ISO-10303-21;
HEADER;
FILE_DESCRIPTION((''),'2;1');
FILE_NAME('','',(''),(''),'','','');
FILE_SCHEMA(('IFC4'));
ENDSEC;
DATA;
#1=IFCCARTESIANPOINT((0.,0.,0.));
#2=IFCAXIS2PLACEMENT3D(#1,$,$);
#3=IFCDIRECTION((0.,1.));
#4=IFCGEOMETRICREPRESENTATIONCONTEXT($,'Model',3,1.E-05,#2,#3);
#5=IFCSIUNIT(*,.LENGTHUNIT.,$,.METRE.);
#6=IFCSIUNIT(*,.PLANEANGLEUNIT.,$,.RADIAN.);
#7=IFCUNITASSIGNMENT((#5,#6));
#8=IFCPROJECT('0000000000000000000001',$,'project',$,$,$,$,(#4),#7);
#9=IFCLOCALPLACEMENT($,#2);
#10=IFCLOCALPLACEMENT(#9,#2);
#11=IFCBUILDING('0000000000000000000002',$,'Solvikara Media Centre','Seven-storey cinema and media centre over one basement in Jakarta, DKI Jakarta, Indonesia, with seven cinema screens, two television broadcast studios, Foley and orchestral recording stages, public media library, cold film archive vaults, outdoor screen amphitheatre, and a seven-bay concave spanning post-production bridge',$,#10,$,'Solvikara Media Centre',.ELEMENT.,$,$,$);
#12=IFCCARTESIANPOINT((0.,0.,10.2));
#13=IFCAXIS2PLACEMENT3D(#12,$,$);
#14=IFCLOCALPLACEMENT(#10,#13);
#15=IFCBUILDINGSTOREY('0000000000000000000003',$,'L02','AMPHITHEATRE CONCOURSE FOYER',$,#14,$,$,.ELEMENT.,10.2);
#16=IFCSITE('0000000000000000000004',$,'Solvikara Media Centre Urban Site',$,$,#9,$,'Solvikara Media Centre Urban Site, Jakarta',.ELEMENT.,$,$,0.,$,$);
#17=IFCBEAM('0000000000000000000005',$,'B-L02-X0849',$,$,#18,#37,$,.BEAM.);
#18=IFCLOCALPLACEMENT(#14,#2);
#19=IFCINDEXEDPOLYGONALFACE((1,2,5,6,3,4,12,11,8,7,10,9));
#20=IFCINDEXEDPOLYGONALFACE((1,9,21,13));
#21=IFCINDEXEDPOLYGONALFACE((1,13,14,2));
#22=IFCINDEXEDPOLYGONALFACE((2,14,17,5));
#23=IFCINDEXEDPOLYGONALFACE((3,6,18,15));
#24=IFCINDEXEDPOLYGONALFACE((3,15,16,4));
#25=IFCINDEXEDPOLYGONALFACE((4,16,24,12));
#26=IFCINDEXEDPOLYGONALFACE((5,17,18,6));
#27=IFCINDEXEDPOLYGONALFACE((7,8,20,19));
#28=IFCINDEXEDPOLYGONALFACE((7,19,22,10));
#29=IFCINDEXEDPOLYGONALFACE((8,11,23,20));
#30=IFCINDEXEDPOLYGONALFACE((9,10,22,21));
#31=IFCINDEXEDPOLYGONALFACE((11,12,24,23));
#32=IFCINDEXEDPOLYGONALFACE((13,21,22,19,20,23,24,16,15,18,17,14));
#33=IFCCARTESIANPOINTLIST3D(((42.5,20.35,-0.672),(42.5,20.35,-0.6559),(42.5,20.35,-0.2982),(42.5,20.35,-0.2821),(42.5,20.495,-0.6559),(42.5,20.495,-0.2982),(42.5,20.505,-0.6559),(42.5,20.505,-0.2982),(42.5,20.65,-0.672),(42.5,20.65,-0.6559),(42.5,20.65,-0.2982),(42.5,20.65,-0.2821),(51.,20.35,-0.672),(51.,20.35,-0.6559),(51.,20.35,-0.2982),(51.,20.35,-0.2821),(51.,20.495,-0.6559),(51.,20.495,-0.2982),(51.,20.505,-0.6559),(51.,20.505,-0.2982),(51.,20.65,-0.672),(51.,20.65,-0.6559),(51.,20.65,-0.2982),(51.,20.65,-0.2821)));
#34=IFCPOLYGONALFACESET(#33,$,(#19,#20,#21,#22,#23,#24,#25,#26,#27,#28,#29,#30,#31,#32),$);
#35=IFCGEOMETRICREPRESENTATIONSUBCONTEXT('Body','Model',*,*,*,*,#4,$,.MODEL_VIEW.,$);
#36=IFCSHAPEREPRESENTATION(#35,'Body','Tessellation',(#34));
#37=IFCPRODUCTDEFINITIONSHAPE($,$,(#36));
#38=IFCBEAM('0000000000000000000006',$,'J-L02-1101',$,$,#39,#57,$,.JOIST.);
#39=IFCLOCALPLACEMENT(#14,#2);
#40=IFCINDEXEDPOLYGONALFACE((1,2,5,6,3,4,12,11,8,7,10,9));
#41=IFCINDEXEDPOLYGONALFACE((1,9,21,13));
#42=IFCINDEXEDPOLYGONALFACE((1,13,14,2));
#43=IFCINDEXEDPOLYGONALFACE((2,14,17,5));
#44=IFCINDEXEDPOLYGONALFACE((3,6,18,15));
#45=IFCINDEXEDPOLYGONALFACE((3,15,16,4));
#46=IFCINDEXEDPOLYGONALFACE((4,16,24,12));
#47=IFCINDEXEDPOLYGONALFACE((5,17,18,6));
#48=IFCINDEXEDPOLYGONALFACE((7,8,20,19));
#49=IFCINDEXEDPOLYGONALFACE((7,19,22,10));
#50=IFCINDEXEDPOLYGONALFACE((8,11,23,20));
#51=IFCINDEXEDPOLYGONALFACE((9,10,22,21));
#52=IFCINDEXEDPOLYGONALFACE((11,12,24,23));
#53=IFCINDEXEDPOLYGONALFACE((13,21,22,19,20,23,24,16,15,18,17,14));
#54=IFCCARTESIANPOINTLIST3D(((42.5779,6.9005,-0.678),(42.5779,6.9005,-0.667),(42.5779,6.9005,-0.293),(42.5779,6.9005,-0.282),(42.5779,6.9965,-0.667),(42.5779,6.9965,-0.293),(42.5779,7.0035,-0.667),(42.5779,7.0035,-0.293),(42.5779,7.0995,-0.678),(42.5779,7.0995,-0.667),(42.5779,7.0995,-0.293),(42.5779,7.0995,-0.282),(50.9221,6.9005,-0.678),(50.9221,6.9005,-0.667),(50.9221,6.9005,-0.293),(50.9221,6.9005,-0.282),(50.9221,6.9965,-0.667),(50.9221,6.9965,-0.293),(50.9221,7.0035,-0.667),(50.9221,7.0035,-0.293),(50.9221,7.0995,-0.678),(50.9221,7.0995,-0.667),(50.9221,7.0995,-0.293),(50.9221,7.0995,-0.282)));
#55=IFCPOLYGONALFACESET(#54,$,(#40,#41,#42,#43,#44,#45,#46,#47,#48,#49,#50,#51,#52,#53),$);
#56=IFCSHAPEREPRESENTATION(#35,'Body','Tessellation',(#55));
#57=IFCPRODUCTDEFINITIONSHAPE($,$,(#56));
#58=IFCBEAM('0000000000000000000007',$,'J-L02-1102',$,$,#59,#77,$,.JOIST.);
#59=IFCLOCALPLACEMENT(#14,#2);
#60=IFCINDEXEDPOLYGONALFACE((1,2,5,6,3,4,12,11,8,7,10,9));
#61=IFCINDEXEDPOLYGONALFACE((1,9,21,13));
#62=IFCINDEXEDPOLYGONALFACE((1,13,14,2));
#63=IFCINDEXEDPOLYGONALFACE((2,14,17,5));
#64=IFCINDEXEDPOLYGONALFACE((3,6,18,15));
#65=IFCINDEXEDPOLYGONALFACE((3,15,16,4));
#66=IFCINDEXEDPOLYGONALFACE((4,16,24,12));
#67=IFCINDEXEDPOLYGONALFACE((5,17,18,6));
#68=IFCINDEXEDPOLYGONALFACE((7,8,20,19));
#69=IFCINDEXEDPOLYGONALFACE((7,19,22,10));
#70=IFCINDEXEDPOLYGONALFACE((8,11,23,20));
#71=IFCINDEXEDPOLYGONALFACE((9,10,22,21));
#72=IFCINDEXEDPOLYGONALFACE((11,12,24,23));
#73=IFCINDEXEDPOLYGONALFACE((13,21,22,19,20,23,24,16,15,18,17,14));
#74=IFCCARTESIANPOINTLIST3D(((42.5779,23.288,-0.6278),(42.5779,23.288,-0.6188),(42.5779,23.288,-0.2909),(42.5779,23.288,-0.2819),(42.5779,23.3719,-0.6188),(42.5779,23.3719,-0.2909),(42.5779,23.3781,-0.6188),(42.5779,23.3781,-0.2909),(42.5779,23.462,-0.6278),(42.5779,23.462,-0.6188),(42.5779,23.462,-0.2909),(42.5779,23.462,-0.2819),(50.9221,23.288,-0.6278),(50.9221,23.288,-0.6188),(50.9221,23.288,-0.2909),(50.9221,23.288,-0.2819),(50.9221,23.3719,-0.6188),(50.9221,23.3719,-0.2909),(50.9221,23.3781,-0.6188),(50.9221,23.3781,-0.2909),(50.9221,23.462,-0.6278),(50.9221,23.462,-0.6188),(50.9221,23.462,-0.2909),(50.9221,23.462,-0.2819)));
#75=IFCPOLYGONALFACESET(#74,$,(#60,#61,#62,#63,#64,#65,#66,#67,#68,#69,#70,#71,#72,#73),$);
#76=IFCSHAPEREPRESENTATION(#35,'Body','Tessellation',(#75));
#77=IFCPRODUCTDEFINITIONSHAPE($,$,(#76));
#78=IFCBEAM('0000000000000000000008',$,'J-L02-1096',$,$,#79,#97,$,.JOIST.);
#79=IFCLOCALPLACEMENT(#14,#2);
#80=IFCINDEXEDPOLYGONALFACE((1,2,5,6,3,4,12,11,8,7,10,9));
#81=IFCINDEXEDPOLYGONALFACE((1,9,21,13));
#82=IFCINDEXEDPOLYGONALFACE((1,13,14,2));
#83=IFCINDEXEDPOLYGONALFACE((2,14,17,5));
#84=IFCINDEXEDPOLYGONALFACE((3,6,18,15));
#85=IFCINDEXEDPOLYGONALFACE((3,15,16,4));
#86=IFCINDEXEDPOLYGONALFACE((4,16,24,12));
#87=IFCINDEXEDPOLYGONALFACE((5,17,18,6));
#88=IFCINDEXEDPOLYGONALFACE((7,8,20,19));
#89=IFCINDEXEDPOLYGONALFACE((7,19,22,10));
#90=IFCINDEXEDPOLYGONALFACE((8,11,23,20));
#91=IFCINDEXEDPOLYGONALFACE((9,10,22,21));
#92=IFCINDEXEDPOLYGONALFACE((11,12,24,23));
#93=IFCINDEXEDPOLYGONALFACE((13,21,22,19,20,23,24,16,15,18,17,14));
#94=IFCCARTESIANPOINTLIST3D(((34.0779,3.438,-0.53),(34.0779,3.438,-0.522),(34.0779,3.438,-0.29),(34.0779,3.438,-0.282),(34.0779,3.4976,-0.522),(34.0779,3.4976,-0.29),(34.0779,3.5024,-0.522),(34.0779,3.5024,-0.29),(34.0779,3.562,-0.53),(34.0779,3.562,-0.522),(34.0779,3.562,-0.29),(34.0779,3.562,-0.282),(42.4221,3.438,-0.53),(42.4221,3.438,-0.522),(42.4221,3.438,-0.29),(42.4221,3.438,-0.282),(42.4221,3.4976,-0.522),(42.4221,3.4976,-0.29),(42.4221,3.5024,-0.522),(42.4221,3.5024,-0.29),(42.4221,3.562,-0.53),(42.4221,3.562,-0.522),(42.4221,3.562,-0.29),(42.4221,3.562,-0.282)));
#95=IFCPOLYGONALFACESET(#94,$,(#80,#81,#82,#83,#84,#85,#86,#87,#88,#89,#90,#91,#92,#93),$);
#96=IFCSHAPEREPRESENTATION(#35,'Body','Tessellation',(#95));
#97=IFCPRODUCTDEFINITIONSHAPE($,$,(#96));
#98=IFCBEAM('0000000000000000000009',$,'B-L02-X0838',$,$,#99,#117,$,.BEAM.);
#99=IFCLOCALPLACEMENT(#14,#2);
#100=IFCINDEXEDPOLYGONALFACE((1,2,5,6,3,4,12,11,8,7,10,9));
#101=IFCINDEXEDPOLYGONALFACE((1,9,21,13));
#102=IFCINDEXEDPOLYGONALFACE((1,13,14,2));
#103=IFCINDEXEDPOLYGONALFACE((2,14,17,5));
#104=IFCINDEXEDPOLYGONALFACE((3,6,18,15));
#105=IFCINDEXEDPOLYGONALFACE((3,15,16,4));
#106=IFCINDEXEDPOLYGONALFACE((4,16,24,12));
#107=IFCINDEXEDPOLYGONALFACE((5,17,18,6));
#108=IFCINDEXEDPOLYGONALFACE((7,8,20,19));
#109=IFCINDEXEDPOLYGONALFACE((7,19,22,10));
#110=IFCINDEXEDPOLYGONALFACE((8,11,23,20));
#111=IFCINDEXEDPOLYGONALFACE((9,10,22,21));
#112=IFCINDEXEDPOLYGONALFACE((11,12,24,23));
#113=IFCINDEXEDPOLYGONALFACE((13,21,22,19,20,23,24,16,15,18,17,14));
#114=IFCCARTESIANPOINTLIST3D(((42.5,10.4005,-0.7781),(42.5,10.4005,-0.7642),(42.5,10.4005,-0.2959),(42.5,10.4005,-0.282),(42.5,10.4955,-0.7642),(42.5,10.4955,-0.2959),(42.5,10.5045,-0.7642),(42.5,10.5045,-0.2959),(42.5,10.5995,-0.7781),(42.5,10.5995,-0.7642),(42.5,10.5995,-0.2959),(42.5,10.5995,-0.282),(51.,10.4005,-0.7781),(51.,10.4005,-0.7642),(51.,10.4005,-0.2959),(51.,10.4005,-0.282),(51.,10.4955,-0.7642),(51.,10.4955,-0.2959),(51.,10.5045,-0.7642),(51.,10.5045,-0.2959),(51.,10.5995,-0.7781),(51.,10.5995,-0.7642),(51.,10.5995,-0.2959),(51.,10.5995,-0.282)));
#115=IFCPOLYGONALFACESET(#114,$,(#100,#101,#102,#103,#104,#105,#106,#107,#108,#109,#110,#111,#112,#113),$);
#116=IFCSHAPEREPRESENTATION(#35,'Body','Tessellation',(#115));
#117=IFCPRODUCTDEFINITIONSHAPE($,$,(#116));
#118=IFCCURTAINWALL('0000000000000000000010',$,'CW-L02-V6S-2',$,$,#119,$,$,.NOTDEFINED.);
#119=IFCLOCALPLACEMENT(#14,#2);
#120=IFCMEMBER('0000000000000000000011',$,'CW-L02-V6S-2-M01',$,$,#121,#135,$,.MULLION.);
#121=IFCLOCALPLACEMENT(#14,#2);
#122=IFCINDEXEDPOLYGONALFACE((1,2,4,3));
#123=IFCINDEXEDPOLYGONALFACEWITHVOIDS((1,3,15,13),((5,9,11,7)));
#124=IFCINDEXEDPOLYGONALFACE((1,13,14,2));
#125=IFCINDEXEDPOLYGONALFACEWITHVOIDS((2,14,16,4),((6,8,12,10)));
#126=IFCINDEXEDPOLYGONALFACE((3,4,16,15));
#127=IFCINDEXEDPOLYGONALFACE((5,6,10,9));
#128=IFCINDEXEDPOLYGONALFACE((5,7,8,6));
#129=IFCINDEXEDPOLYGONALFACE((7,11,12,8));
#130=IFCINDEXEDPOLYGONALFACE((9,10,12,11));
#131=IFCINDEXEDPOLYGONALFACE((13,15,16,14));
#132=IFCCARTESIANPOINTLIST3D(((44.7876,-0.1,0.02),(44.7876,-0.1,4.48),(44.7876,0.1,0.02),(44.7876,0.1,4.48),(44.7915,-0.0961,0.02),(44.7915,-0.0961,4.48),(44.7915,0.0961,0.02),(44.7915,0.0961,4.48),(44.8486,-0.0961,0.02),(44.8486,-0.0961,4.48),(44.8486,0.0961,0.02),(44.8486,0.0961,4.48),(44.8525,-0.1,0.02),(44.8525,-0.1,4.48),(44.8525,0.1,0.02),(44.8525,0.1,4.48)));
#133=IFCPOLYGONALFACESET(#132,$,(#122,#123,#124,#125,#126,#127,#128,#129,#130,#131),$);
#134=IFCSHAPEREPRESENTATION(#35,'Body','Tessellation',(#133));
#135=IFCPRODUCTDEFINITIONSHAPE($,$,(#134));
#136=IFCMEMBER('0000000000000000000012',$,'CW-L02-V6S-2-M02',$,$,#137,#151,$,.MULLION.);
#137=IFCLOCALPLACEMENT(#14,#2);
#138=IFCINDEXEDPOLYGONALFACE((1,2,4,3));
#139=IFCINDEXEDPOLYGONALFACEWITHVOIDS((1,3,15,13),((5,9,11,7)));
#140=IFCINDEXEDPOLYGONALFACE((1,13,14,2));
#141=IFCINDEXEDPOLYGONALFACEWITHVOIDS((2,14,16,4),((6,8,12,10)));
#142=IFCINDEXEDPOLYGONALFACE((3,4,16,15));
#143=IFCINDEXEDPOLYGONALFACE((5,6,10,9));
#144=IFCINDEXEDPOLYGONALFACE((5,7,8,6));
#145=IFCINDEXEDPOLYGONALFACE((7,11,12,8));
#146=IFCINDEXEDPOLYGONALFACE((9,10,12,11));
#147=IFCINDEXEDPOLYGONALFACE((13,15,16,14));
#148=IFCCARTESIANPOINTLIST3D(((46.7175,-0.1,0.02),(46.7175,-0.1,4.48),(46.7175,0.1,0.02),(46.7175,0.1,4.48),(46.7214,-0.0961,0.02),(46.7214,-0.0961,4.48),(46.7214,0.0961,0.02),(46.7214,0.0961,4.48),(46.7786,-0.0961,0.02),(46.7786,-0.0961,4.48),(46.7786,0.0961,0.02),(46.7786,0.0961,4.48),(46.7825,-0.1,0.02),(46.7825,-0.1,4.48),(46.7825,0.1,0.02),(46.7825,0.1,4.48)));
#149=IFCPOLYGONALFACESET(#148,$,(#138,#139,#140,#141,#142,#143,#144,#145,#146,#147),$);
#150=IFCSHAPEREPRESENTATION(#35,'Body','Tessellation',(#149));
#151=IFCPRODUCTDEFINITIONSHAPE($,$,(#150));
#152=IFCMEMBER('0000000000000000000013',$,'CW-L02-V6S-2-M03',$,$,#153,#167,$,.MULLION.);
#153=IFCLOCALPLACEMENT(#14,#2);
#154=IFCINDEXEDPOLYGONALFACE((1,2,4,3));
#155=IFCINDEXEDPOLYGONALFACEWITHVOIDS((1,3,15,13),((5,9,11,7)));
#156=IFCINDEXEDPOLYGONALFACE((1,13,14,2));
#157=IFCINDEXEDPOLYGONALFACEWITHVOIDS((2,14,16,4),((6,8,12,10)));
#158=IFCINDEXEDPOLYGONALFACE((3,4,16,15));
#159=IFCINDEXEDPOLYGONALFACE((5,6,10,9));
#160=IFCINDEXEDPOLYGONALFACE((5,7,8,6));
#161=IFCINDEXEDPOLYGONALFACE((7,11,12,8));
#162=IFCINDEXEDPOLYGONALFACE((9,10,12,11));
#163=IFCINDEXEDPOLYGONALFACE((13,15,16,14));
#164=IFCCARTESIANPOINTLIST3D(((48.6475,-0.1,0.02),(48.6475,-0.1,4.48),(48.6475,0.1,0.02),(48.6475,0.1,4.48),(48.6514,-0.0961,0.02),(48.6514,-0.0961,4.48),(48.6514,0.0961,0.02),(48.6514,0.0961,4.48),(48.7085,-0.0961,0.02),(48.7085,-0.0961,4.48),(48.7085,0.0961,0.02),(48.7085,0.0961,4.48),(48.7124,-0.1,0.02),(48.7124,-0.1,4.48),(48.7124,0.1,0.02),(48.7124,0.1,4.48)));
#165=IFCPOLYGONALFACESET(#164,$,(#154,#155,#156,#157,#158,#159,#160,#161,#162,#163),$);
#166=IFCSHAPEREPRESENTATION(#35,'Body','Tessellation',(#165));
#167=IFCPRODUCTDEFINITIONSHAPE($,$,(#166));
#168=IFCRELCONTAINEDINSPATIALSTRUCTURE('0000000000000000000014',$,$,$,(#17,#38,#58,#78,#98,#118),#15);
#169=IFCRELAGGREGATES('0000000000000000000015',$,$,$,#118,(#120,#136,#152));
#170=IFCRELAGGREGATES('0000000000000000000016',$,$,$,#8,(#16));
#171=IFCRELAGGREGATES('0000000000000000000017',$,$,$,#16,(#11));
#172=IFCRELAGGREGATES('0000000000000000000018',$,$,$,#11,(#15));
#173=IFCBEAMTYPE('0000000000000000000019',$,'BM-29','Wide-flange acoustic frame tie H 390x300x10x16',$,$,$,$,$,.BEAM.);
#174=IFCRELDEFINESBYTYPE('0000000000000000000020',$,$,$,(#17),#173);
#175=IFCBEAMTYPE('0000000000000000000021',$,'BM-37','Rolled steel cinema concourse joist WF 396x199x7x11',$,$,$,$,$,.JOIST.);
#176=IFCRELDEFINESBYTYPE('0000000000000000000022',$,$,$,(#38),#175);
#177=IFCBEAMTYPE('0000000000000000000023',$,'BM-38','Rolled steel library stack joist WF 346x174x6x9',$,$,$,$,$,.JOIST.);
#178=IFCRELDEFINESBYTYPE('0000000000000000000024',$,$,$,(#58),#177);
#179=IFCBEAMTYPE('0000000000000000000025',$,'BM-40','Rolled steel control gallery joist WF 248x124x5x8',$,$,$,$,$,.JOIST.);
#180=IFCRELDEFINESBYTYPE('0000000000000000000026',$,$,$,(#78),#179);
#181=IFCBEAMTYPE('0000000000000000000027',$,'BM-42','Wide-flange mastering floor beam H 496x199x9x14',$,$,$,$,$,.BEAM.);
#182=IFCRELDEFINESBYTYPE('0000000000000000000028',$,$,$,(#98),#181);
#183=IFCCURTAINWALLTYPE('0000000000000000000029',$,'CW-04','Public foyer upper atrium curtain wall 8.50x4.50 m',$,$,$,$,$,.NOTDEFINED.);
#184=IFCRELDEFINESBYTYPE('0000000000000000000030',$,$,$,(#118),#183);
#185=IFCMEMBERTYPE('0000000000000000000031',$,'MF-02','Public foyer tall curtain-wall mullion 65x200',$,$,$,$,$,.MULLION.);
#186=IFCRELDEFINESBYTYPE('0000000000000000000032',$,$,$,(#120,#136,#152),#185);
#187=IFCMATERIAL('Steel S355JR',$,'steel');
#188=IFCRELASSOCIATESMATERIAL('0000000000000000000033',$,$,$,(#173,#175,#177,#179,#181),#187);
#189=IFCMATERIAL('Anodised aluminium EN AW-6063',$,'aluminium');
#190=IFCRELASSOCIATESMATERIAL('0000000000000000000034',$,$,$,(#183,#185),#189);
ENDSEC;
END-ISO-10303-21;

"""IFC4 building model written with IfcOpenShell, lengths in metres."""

from ifc_helpers import new_model, si_unit, direction, frame, origin, origin_2d, place, context, subcontext, project, spatial, hollow_rectangle, i_section, extrude, material, material_profile, profile_set, type_object, element, aggregate, save


model = new_model("IFC4")

# Units and contexts
model_context = context("Model", 3, precision=1e-05, world=origin(), true_north=direction((0.0, 1.0)))
body_context = subcontext(model_context, "Body", "Model", "MODEL_VIEW")
ifc_project = project(units=[si_unit("LENGTHUNIT", "METRE"), si_unit("PLANEANGLEUNIT", "RADIAN")], contexts=[model_context])

# Site, building, storey
site_placement = place(None, origin())
site = spatial("IfcSite", under=ifc_project, at=site_placement, Name="Solvikara Media Centre Urban Site", LongName="Solvikara Media Centre Urban Site, Jakarta", CompositionType="ELEMENT", RefElevation=0.0)
building_placement = place(site_placement, origin())
building = spatial("IfcBuilding", under=site, at=building_placement, Name="Solvikara Media Centre", Description="Seven-storey cinema and media centre over one basement in Jakarta, DKI Jakarta, Indonesia, with seven cinema screens, two television broadcast studios, Foley and orchestral recording stages, public media library, cold film archive vaults, outdoor screen amphitheatre, and a seven-bay concave spanning post-production bridge", LongName="Solvikara Media Centre", CompositionType="ELEMENT")
storey_placement = place(building_placement, frame((0.0, 0.0, 10.2)))
storey = spatial("IfcBuildingStorey", under=building, at=storey_placement, Name="L02", Description="AMPHITHEATRE CONCOURSE FOYER", CompositionType="ELEMENT", Elevation=10.2)

# Beams
ifc_material_1 = material(Name="Steel S355JR", Category="steel")
ifc_material_profile_1 = material_profile(ifc_material_1, i_section(OverallWidth=0.3, OverallDepth=0.3899, WebThickness=0.01, FlangeThickness=0.0161, at=origin_2d()), Name="H 390x300x10x16")
ifc_profile_set_1 = profile_set([ifc_material_profile_1], Name="Steel S355JR")
beam_type_1 = type_object("IfcBeamType", Name="BM-29", Description="Wide-flange acoustic frame tie H 390x300x10x16", PredefinedType="BEAM", material=ifc_profile_set_1)
beam_1_placement = place(storey_placement, frame((42.5, 20.5, -0.4771), z_axis=(1.0, 0.0, 0.0), x_axis=(0.0, 1.0, 0.0)))
element("IfcBeam", 1, at=beam_1_placement, inside=storey, type_object=beam_type_1, Name="B-L02-X0849", PredefinedType="BEAM", context=body_context, shape_type="SweptSolid", body=[
    extrude(i_section(OverallWidth=0.3, OverallDepth=0.3899, WebThickness=0.01, FlangeThickness=0.0161, at=origin_2d()), origin(), (0.0, 0.0, 1.0), 8.5),
])
ifc_material_profile_2 = material_profile(ifc_material_1, i_section(OverallWidth=0.199, OverallDepth=0.396, WebThickness=0.0071, FlangeThickness=0.011, at=origin_2d()), Name="WF 396x199x7x11")
ifc_profile_set_2 = profile_set([ifc_material_profile_2], Name="Steel S355JR")
beam_type_2 = type_object("IfcBeamType", Name="BM-37", Description="Rolled steel cinema concourse joist WF 396x199x7x11", PredefinedType="JOIST", material=ifc_profile_set_2)
beam_2_placement = place(storey_placement, frame((42.5779, 7.0, -0.48), z_axis=(1.0, 0.0, 0.0), x_axis=(0.0, 1.0, 0.0)))
element("IfcBeam", 2, at=beam_2_placement, inside=storey, type_object=beam_type_2, Name="J-L02-1101", PredefinedType="JOIST", context=body_context, shape_type="SweptSolid", body=[
    extrude(i_section(OverallWidth=0.199, OverallDepth=0.396, WebThickness=0.0071, FlangeThickness=0.011, at=origin_2d()), origin(), (0.0, 0.0, 1.0), 8.3442),
])
ifc_material_profile_3 = material_profile(ifc_material_1, i_section(OverallWidth=0.1741, OverallDepth=0.3459, WebThickness=0.0061, FlangeThickness=0.009, at=origin_2d()), Name="WF 346x174x6x9")
ifc_profile_set_3 = profile_set([ifc_material_profile_3], Name="Steel S355JR")
beam_type_3 = type_object("IfcBeamType", Name="BM-38", Description="Rolled steel library stack joist WF 346x174x6x9", PredefinedType="JOIST", material=ifc_profile_set_3)
beam_3_placement = place(storey_placement, frame((42.5779, 23.375, -0.4548), z_axis=(1.0, 0.0, 0.0), x_axis=(0.0, 1.0, 0.0)))
element("IfcBeam", 3, at=beam_3_placement, inside=storey, type_object=beam_type_3, Name="J-L02-1102", PredefinedType="JOIST", context=body_context, shape_type="SweptSolid", body=[
    extrude(i_section(OverallWidth=0.1741, OverallDepth=0.3459, WebThickness=0.0061, FlangeThickness=0.009, at=origin_2d()), origin(), (0.0, 0.0, 1.0), 8.3442),
])
ifc_material_profile_4 = material_profile(ifc_material_1, i_section(OverallWidth=0.124, OverallDepth=0.248, WebThickness=0.0049, FlangeThickness=0.0081, at=origin_2d()), Name="WF 248x124x5x8")
ifc_profile_set_4 = profile_set([ifc_material_profile_4], Name="Steel S355JR")
beam_type_4 = type_object("IfcBeamType", Name="BM-40", Description="Rolled steel control gallery joist WF 248x124x5x8", PredefinedType="JOIST", material=ifc_profile_set_4)
beam_4_placement = place(storey_placement, frame((34.0779, 3.5, -0.406), z_axis=(1.0, 0.0, 0.0), x_axis=(0.0, 1.0, 0.0)))
element("IfcBeam", 4, at=beam_4_placement, inside=storey, type_object=beam_type_4, Name="J-L02-1096", PredefinedType="JOIST", context=body_context, shape_type="SweptSolid", body=[
    extrude(i_section(OverallWidth=0.124, OverallDepth=0.248, WebThickness=0.0049, FlangeThickness=0.0081, at=origin_2d()), origin(), (0.0, 0.0, 1.0), 8.3442),
])
ifc_material_profile_5 = material_profile(ifc_material_1, i_section(OverallWidth=0.199, OverallDepth=0.4961, WebThickness=0.009, FlangeThickness=0.0139, at=origin_2d()), Name="H 496x199x9x14")
ifc_profile_set_5 = profile_set([ifc_material_profile_5], Name="Steel S355JR")
beam_type_5 = type_object("IfcBeamType", Name="BM-42", Description="Wide-flange mastering floor beam H 496x199x9x14", PredefinedType="BEAM", material=ifc_profile_set_5)
beam_5_placement = place(storey_placement, frame((42.5, 10.5, -0.53), z_axis=(1.0, 0.0, 0.0), x_axis=(0.0, 1.0, 0.0)))
element("IfcBeam", 5, at=beam_5_placement, inside=storey, type_object=beam_type_5, Name="B-L02-X0838", PredefinedType="BEAM", context=body_context, shape_type="SweptSolid", body=[
    extrude(i_section(OverallWidth=0.199, OverallDepth=0.4961, WebThickness=0.009, FlangeThickness=0.0139, at=origin_2d()), origin(), (0.0, 0.0, 1.0), 8.5),
])

# Curtain wall, members
ifc_material_2 = material(Name="Anodised aluminium EN AW-6063", Category="aluminium")
curtain_wall_type = type_object("IfcCurtainWallType", Name="CW-04", Description="Public foyer upper atrium curtain wall 8.50x4.50 m", PredefinedType="NOTDEFINED", material=ifc_material_2)
curtain_wall_placement = place(storey_placement, origin())
curtain_wall = element("IfcCurtainWall", 6, at=curtain_wall_placement, inside=storey, type_object=curtain_wall_type, Name="CW-L02-V6S-2", PredefinedType="NOTDEFINED")
ifc_material_profile_6 = material_profile(ifc_material_2, hollow_rectangle(XDim=0.0649, YDim=0.2, WallThickness=0.0039, at=origin_2d()), Name="ALU-M 65x200x4")
ifc_profile_set_6 = profile_set([ifc_material_profile_6], Name="Anodised aluminium EN AW-6063")
member_type_1 = type_object("IfcMemberType", Name="MF-02", Description="Public foyer tall curtain-wall mullion 65x200", PredefinedType="MULLION", material=ifc_profile_set_6)
member_1_placement = place(storey_placement, frame((44.8201, 0.0, 0.02), z_axis=(0.0, 0.0, 1.0), x_axis=(1.0, 0.0, 0.0)))
member_1 = element("IfcMember", 7, at=member_1_placement, type_object=member_type_1, Name="CW-L02-V6S-2-M01", PredefinedType="MULLION", context=body_context, shape_type="SweptSolid", body=[
    extrude(hollow_rectangle(XDim=0.0649, YDim=0.2, WallThickness=0.0039, at=origin_2d()), origin(), (0.0, 0.0, 1.0), 4.46),
])
member_2_placement = place(storey_placement, frame((46.75, 0.0, 0.02), z_axis=(0.0, 0.0, 1.0), x_axis=(1.0, 0.0, 0.0)))
member_2 = element("IfcMember", 8, at=member_2_placement, type_object=member_type_1, Name="CW-L02-V6S-2-M02", PredefinedType="MULLION", context=body_context, shape_type="SweptSolid", body=[
    extrude(hollow_rectangle(XDim=0.0649, YDim=0.2, WallThickness=0.0039, at=origin_2d()), origin(), (0.0, 0.0, 1.0), 4.46),
])
member_3_placement = place(storey_placement, frame((48.6799, 0.0, 0.02), z_axis=(0.0, 0.0, 1.0), x_axis=(1.0, 0.0, 0.0)))
member_3 = element("IfcMember", 9, at=member_3_placement, type_object=member_type_1, Name="CW-L02-V6S-2-M03", PredefinedType="MULLION", context=body_context, shape_type="SweptSolid", body=[
    extrude(hollow_rectangle(XDim=0.0649, YDim=0.2, WallThickness=0.0039, at=origin_2d()), origin(), (0.0, 0.0, 1.0), 4.46),
])
aggregate(curtain_wall, [member_1, member_2, member_3])

save(model, "model.ifc")
